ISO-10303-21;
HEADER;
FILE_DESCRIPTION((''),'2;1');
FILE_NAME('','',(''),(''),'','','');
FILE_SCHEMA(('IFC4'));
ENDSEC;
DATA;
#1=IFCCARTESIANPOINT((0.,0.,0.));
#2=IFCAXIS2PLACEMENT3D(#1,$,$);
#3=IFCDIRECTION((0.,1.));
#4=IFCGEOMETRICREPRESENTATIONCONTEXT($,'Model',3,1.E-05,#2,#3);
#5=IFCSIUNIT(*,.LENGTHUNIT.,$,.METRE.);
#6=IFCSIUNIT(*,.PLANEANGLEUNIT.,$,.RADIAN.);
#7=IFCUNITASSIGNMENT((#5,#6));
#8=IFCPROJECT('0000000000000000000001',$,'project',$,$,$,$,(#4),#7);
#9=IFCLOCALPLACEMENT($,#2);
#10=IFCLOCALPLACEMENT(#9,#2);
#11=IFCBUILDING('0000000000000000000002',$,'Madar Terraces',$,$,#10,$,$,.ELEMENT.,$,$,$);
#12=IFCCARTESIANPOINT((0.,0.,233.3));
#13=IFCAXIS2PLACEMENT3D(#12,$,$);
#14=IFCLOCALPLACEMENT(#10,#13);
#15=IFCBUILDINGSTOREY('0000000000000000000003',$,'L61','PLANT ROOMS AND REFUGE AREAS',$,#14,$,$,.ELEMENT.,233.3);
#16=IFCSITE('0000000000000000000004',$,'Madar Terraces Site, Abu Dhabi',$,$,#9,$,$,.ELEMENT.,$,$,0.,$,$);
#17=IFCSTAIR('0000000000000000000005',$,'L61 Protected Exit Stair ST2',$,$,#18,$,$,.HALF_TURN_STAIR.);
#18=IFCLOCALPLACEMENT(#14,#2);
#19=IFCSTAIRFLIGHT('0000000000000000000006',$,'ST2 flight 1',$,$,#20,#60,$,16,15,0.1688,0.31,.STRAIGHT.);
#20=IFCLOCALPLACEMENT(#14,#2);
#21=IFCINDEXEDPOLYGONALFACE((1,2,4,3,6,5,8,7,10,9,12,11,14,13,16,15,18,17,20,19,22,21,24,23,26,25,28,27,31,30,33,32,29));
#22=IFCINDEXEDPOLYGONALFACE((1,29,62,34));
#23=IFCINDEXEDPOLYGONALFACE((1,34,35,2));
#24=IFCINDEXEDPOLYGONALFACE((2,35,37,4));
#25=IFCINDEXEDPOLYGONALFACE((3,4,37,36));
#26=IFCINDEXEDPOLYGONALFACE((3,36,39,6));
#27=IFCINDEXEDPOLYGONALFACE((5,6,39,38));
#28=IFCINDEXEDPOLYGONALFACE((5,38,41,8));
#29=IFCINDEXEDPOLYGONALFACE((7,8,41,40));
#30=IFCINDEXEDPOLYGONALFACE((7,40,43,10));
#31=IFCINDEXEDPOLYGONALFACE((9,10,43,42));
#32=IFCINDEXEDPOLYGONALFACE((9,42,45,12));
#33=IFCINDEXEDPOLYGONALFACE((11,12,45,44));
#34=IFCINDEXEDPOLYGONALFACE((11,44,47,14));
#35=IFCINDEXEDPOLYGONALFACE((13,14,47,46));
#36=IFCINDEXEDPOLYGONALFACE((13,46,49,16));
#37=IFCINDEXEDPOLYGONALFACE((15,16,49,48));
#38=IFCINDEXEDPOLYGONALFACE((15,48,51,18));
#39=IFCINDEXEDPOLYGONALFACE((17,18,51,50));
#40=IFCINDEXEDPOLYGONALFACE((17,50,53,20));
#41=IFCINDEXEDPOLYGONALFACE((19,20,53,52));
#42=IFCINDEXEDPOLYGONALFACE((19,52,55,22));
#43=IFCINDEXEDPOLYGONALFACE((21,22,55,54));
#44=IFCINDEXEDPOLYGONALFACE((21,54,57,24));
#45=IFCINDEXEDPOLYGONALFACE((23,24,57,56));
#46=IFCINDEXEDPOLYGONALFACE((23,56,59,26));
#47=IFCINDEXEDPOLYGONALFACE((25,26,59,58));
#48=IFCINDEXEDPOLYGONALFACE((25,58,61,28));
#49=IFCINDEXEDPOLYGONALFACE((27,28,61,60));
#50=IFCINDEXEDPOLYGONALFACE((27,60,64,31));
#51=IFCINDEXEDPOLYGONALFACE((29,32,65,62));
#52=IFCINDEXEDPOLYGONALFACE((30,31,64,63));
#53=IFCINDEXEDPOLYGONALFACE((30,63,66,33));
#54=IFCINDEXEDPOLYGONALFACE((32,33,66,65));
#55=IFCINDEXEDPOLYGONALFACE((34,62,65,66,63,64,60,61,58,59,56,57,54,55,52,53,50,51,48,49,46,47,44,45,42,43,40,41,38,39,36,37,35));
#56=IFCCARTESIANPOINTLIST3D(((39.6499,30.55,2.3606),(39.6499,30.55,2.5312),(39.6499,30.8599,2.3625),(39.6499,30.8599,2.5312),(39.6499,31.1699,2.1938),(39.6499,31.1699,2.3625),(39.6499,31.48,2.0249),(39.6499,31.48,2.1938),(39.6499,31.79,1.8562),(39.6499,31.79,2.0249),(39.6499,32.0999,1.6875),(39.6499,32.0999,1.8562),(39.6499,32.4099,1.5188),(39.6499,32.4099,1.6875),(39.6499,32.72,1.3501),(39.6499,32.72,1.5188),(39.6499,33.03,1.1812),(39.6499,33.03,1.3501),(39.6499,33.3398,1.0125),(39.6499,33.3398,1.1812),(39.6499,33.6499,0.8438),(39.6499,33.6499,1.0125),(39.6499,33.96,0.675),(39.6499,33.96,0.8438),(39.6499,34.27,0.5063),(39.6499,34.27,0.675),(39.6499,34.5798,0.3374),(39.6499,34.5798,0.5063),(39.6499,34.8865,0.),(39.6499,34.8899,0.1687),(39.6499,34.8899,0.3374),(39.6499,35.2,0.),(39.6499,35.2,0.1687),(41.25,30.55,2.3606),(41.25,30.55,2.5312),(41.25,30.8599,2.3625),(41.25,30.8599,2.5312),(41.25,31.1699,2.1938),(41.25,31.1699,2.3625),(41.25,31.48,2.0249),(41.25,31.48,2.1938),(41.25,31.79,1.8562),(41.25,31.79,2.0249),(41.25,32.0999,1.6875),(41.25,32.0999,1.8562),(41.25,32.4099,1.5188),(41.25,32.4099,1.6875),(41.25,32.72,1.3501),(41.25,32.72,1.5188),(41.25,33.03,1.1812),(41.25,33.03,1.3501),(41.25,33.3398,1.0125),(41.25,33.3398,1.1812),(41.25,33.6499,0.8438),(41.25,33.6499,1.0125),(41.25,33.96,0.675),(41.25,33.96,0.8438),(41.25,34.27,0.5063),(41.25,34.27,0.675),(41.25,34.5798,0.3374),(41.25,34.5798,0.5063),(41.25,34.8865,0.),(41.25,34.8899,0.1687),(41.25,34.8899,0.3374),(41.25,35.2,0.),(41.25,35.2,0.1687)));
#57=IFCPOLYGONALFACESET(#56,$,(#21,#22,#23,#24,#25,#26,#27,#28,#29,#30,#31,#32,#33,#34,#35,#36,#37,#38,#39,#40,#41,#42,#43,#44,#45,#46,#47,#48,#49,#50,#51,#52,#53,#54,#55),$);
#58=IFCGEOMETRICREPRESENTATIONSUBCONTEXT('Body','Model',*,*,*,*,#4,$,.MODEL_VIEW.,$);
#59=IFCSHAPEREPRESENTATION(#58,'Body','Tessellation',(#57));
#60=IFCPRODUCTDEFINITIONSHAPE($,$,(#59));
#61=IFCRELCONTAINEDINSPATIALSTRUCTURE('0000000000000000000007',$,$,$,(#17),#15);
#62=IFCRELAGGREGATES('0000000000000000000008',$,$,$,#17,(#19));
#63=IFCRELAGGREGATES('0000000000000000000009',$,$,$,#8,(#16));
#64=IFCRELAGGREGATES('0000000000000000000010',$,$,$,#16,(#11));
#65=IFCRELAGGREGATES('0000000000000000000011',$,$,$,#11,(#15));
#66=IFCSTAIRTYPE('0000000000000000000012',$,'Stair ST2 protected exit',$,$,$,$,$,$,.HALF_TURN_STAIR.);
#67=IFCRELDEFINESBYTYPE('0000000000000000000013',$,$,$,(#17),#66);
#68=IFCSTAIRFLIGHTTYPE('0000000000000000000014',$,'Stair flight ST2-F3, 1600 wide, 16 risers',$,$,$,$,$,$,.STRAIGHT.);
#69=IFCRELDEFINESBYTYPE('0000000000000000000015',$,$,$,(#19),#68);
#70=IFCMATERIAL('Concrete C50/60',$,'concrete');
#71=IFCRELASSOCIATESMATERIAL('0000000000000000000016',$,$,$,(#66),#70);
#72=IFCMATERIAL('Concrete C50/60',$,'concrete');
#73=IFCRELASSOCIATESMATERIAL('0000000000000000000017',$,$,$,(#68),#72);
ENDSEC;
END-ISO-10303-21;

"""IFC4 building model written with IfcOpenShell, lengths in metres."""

from ifc_helpers import new_model, si_unit, direction, frame, origin, place, context, subcontext, project, spatial, polyline, outline, extrude, material, type_object, element, aggregate, save


model = new_model("IFC4")

# Units and contexts
model_context = context("Model", 3, precision=1e-05, world=origin(), true_north=direction((0.0, 1.0)))
body_context = subcontext(model_context, "Body", "Model", "MODEL_VIEW")
ifc_project = project(units=[si_unit("LENGTHUNIT", "METRE"), si_unit("PLANEANGLEUNIT", "RADIAN")], contexts=[model_context])

# Site, building, storey
site_placement = place(None, origin())
site = spatial("IfcSite", under=ifc_project, at=site_placement, Name="Madar Terraces Site, Abu Dhabi", CompositionType="ELEMENT", RefElevation=0.0)
building_placement = place(site_placement, origin())
building = spatial("IfcBuilding", under=site, at=building_placement, Name="Madar Terraces", CompositionType="ELEMENT")
storey_placement = place(building_placement, frame((0.0, 0.0, 233.3)))
storey = spatial("IfcBuildingStorey", under=building, at=storey_placement, Name="L61", Description="PLANT ROOMS AND REFUGE AREAS", CompositionType="ELEMENT", Elevation=233.3)

# Stair, stair flight
ifc_material_1 = material(Name="Concrete C50/60", Category="concrete")
stair_type = type_object("IfcStairType", Name="Stair ST2 protected exit", PredefinedType="HALF_TURN_STAIR", material=ifc_material_1)
stair_placement = place(storey_placement, origin())
stair = element("IfcStair", 1, at=stair_placement, inside=storey, type_object=stair_type, Name="L61 Protected Exit Stair ST2", PredefinedType="HALF_TURN_STAIR")
ifc_material_2 = material(Name="Concrete C50/60", Category="concrete")
stair_flight_type = type_object("IfcStairFlightType", Name="Stair flight ST2-F3, 1600 wide, 16 risers", PredefinedType="STRAIGHT", material=ifc_material_2)
stair_flight_placement = place(storey_placement, frame((40.45, 35.2, 0.0), z_axis=(0.0, 0.0, 1.0), x_axis=(0.0, -1.0, 0.0)))
stair_flight = element("IfcStairFlight", 2, at=stair_flight_placement, type_object=stair_flight_type, Name="ST2 flight 1", NumberOfRisers=16, NumberOfTreads=15, PredefinedType="STRAIGHT", RiserHeight=0.1688, TreadLength=0.31, context=body_context, shape_type="SweptSolid", body=[
    extrude(outline(polyline([(0.0, 0.0), (0.0, 0.1687), (0.3101, 0.1687), (0.3101, 0.3374), (0.6201, 0.3374), (0.6201, 0.5063), (0.9299, 0.5063), (0.9299, 0.675), (1.24, 0.675), (1.24, 0.8438), (1.55, 0.8438), (1.55, 1.0125), (1.8601, 1.0125), (1.8601, 1.1812), (2.1699, 1.1812), (2.1699, 1.3501), (2.48, 1.3501), (2.48, 1.5188), (2.79, 1.5188), (2.79, 1.6875), (3.1001, 1.6875), (3.1001, 1.8562), (3.4099, 1.8562), (3.4099, 2.0249), (3.72, 2.0249), (3.72, 2.1938), (4.03, 2.1938), (4.03, 2.3625), (4.3401, 2.3625), (4.3401, 2.5312), (4.6499, 2.5312), (4.6499, 2.7), (4.6499, 2.3606), (0.3135, 0.0), (0.0, 0.0)])), frame((0.0, 0.8, 0.0), z_axis=(0.0, -1.0, 0.0), x_axis=(1.0, 0.0, 0.0)), (0.0, 0.0, 1.0), 1.6001),
])
aggregate(stair, [stair_flight])

save(model, "model.ifc")
